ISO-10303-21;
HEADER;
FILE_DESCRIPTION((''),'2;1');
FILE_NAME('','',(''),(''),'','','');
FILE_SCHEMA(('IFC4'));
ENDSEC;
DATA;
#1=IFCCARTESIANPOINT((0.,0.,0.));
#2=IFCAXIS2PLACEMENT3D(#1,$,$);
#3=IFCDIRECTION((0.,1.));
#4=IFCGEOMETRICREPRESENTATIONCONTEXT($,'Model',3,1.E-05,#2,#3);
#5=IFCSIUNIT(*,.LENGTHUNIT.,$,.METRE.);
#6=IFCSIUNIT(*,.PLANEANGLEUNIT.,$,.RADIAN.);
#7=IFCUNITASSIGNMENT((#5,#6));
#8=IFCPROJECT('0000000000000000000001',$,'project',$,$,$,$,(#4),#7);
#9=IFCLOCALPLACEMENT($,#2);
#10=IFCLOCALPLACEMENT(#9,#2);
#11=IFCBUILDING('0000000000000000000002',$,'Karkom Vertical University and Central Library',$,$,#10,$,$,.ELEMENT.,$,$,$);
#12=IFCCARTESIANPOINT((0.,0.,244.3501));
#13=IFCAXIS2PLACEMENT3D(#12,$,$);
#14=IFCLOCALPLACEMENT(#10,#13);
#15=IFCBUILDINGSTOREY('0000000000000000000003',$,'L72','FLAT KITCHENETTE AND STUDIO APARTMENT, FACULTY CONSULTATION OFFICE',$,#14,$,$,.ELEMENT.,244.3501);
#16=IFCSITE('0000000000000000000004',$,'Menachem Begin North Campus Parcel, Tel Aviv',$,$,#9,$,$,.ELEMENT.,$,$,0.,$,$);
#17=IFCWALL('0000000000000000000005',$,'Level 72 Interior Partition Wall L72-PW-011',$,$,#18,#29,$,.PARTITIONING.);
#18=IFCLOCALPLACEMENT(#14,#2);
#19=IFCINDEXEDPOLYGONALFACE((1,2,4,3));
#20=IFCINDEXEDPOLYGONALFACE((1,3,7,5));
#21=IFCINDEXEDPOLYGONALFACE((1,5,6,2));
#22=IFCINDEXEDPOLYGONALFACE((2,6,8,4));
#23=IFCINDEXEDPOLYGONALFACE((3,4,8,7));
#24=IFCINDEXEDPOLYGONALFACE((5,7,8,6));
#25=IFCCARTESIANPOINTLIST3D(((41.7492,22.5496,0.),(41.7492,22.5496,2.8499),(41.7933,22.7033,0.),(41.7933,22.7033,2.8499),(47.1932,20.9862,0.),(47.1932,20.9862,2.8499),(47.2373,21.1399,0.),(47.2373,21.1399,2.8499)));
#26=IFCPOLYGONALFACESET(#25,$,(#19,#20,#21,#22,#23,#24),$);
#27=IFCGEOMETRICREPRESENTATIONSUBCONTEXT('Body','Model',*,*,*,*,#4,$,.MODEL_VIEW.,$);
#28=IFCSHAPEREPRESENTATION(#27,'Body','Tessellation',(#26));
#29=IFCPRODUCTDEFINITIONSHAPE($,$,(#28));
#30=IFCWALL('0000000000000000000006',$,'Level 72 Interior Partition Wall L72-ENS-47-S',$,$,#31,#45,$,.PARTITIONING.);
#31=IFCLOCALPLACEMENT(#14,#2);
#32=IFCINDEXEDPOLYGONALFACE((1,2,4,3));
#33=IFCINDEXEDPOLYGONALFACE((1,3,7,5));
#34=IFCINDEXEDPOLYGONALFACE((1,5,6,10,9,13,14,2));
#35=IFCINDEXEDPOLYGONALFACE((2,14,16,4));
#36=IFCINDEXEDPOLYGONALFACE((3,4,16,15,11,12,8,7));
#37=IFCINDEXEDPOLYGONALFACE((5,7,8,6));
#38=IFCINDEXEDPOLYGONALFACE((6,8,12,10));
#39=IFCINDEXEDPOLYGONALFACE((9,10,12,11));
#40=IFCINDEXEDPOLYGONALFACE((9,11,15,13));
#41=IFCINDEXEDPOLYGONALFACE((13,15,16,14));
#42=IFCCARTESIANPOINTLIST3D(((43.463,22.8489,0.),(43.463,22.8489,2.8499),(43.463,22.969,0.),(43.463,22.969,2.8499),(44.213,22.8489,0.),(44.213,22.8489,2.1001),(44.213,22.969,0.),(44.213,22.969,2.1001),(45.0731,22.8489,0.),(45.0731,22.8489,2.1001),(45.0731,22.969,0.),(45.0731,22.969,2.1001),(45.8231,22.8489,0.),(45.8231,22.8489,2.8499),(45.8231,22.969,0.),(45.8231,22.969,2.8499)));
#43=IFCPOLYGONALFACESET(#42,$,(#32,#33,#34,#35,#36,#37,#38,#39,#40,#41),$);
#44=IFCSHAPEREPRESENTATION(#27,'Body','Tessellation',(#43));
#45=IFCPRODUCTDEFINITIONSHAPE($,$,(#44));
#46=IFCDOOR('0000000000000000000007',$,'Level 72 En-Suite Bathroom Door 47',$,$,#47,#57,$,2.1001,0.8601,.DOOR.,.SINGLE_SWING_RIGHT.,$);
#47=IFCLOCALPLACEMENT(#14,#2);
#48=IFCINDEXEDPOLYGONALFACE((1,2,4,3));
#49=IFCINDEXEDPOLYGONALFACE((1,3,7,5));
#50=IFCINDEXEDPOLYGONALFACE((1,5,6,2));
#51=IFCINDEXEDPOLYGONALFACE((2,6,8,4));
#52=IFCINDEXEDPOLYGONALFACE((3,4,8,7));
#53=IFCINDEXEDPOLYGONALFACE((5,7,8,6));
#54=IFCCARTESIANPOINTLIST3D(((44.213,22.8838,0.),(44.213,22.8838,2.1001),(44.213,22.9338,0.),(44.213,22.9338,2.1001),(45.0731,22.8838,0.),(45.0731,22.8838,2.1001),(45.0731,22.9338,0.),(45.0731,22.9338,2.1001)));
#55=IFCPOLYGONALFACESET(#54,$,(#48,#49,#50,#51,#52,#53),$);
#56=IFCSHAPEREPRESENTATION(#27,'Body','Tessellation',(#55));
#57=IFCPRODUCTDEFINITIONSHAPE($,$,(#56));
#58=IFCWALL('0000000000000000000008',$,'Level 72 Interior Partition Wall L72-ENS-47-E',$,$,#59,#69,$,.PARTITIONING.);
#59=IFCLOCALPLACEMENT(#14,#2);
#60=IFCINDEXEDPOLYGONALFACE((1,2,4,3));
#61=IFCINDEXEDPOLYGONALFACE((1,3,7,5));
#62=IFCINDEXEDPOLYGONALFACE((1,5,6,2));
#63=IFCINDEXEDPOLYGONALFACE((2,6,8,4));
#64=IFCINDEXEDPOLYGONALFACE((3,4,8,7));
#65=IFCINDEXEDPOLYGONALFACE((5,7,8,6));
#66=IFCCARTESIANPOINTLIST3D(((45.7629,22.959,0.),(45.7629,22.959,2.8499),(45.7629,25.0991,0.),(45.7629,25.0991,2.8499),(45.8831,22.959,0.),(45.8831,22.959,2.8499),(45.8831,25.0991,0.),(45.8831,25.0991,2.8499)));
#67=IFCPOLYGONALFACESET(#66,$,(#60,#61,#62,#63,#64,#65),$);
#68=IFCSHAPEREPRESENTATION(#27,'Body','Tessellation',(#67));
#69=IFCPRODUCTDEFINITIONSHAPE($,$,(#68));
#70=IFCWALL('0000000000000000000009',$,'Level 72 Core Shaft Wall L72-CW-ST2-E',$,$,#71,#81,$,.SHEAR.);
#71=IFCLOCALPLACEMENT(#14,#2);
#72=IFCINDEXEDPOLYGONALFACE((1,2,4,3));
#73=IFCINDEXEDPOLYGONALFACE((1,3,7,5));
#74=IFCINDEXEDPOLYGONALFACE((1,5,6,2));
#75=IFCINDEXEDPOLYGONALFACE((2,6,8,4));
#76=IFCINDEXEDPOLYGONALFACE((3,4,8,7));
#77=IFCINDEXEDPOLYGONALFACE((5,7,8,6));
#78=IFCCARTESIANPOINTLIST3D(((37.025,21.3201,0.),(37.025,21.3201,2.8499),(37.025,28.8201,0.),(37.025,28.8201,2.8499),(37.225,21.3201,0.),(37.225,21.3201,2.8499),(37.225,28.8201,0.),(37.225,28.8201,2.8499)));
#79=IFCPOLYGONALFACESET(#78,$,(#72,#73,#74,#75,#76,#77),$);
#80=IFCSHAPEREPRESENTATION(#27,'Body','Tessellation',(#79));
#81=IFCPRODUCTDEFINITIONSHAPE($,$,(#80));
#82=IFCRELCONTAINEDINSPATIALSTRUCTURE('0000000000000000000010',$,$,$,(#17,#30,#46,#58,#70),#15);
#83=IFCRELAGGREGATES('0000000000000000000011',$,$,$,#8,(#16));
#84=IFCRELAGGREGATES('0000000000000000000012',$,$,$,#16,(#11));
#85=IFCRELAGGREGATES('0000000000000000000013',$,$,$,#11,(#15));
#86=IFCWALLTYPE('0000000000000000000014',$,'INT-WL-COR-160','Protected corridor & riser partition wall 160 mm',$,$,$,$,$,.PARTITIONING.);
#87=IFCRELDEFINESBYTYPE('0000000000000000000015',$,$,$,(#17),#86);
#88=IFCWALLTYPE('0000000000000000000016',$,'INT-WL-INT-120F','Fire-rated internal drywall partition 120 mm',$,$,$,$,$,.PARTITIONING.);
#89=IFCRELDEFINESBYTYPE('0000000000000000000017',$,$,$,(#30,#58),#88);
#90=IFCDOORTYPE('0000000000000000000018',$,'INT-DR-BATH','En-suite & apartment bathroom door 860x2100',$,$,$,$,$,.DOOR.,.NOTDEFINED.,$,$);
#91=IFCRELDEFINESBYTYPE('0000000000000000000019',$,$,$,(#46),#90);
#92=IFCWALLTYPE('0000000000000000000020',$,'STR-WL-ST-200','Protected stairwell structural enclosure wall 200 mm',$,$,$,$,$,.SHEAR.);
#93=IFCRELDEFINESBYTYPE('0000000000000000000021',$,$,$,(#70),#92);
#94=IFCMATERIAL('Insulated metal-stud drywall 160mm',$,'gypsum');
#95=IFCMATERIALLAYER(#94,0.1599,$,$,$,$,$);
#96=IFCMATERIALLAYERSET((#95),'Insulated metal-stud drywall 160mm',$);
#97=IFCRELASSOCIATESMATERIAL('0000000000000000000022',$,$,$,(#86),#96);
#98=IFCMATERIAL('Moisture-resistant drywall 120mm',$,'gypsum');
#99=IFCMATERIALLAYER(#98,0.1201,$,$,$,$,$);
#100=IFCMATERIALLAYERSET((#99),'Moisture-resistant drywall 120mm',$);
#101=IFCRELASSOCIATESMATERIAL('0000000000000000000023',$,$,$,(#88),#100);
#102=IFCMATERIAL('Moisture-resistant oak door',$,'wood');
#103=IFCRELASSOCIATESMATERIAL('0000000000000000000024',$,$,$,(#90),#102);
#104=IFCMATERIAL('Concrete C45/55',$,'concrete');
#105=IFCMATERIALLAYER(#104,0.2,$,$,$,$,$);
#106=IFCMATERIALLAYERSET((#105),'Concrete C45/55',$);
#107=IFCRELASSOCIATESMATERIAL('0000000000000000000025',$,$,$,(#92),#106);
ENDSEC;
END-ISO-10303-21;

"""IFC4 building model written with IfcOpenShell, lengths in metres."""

from ifc_helpers import new_model, si_unit, direction, frame, frame_2d, origin, origin_with_axes, place, context, subcontext, project, spatial, rectangle, extrude, source, transform, mapped, material, layer, layer_set, type_object, element, fill, save


model = new_model("IFC4")

# Units and contexts
model_context = context("Model", 3, precision=1e-05, world=origin(), true_north=direction((0.0, 1.0)))
body_context = subcontext(model_context, "Body", "Model", "MODEL_VIEW")
ifc_project = project(units=[si_unit("LENGTHUNIT", "METRE"), si_unit("PLANEANGLEUNIT", "RADIAN")], contexts=[model_context])

# Site, building, storey
site_placement = place(None, origin())
site = spatial("IfcSite", under=ifc_project, at=site_placement, Name="Menachem Begin North Campus Parcel, Tel Aviv", CompositionType="ELEMENT", RefElevation=0.0)
building_placement = place(site_placement, origin())
building = spatial("IfcBuilding", under=site, at=building_placement, Name="Karkom Vertical University and Central Library", CompositionType="ELEMENT")
storey_placement = place(building_placement, frame((0.0, 0.0, 244.3501)))
storey = spatial("IfcBuildingStorey", under=building, at=storey_placement, Name="L72", Description="FLAT KITCHENETTE AND STUDIO APARTMENT, FACULTY CONSULTATION OFFICE", CompositionType="ELEMENT", Elevation=244.3501)

# Shared definitions
ifc_material_1 = material(Name="Concrete C45/55", Category="concrete")

# Wall
ifc_material_2 = material(Name="Insulated metal-stud drywall 160mm", Category="gypsum")
ifc_layer_1 = layer(ifc_material_2, 0.1599)
ifc_layer_set_1 = layer_set([ifc_layer_1], Name="Insulated metal-stud drywall 160mm")
wall_type_1 = type_object("IfcWallType", Name="INT-WL-COR-160", Description="Protected corridor & riser partition wall 160 mm", PredefinedType="PARTITIONING", material=ifc_layer_set_1)
wall_1_placement = place(storey_placement, frame((41.7712, 22.6265, 0.0), z_axis=(0.0, 0.0, 1.0), x_axis=(0.961149, -0.27603, 0.0)))
element("IfcWall", 1, at=wall_1_placement, inside=storey, type_object=wall_type_1, Name="Level 72 Interior Partition Wall L72-PW-011", PredefinedType="PARTITIONING", context=body_context, shape_type="SweptSolid", body=[
    extrude(rectangle(XDim=5.6641, YDim=0.1599, at=frame_2d((2.832, 0.0))), origin(), (0.0, 0.0, 1.0), 2.8499),
])

# Wall, opening, door
ifc_material_3 = material(Name="Moisture-resistant drywall 120mm", Category="gypsum")
ifc_layer_2 = layer(ifc_material_3, 0.1201)
ifc_layer_set_2 = layer_set([ifc_layer_2], Name="Moisture-resistant drywall 120mm")
wall_type_2 = type_object("IfcWallType", Name="INT-WL-INT-120F", Description="Fire-rated internal drywall partition 120 mm", PredefinedType="PARTITIONING", material=ifc_layer_set_2)
wall_2_placement = place(storey_placement, frame((43.4629, 22.9089, 0.0), z_axis=(0.0, 0.0, 1.0), x_axis=(1.0, 0.0, 0.0)))
wall_2 = element("IfcWall", 2, at=wall_2_placement, inside=storey, type_object=wall_type_2, Name="Level 72 Interior Partition Wall L72-ENS-47-S", PredefinedType="PARTITIONING", context=body_context, shape_type="SweptSolid", body=[
    extrude(rectangle(XDim=2.3601, YDim=0.1201, at=frame_2d((1.1802, 0.0))), origin(), (0.0, 0.0, 1.0), 2.8499),
])
opening_1_placement = place(wall_2_placement, frame((0.75, 0.0, 0.0)))
opening_1 = element("IfcOpeningElement", 3, at=opening_1_placement, cuts=wall_2, PredefinedType="OPENING", context=body_context, shape_type="SweptSolid", body=[
    extrude(rectangle(XDim=0.8601, YDim=2.1001, at=frame_2d((0.4302, 1.05))), frame((0.0, 0.0701, 0.0), z_axis=(0.0, -1.0, 0.0), x_axis=(1.0, 0.0, 0.0)), (0.0, 0.0, 1.0), 0.1401),
])
ifc_material_4 = material(Name="Moisture-resistant oak door", Category="wood")
door_type = type_object("IfcDoorType", Name="INT-DR-BATH", Description="En-suite & apartment bathroom door 860x2100", OperationType="NOTDEFINED", PredefinedType="DOOR", material=ifc_material_4)
shared_shape_1 = source(origin_with_axes(), body_context, "Body", "SweptSolid", [
    extrude(rectangle(XDim=0.8601, YDim=2.1001, at=frame_2d((0.4302, 1.05))), frame((0.0, 0.0249, 0.0), z_axis=(0.0, -1.0, 0.0), x_axis=(1.0, 0.0, 0.0)), (0.0, 0.0, 1.0), 0.05),
])
door_placement = place(opening_1_placement, origin())
door = element("IfcDoor", 4, at=door_placement, inside=storey, type_object=door_type, Name="Level 72 En-Suite Bathroom Door 47", OperationType="SINGLE_SWING_RIGHT", OverallHeight=2.1001, OverallWidth=0.8601, PredefinedType="DOOR", context=body_context, shape_type="MappedRepresentation", body=[
    mapped(shared_shape_1, transform((0.0, 0.0, 0.0), scale=1.0)),
])
fill(opening_1, door)

# Walls
wall_3_placement = place(storey_placement, frame((45.823, 22.959, 0.0), z_axis=(0.0, 0.0, 1.0), x_axis=(0.0, 1.0, 0.0)))
element("IfcWall", 5, at=wall_3_placement, inside=storey, type_object=wall_type_2, Name="Level 72 Interior Partition Wall L72-ENS-47-E", PredefinedType="PARTITIONING", context=body_context, shape_type="SweptSolid", body=[
    extrude(rectangle(XDim=2.1401, YDim=0.1201, at=frame_2d((1.0701, 0.0))), origin(), (0.0, 0.0, 1.0), 2.8499),
])
ifc_layer_3 = layer(ifc_material_1, 0.2)
ifc_layer_set_3 = layer_set([ifc_layer_3], Name="Concrete C45/55")
wall_type_3 = type_object("IfcWallType", Name="STR-WL-ST-200", Description="Protected stairwell structural enclosure wall 200 mm", PredefinedType="SHEAR", material=ifc_layer_set_3)
wall_4_placement = place(storey_placement, frame((37.125, 21.3201, 0.0), z_axis=(0.0, 0.0, 1.0), x_axis=(0.0, 1.0, 0.0)))
element("IfcWall", 6, at=wall_4_placement, inside=storey, type_object=wall_type_3, Name="Level 72 Core Shaft Wall L72-CW-ST2-E", PredefinedType="SHEAR", context=body_context, shape_type="SweptSolid", body=[
    extrude(rectangle(XDim=7.5, YDim=0.2, at=frame_2d((3.75, 0.0))), origin(), (0.0, 0.0, 1.0), 2.8499),
])

save(model, "model.ifc")
